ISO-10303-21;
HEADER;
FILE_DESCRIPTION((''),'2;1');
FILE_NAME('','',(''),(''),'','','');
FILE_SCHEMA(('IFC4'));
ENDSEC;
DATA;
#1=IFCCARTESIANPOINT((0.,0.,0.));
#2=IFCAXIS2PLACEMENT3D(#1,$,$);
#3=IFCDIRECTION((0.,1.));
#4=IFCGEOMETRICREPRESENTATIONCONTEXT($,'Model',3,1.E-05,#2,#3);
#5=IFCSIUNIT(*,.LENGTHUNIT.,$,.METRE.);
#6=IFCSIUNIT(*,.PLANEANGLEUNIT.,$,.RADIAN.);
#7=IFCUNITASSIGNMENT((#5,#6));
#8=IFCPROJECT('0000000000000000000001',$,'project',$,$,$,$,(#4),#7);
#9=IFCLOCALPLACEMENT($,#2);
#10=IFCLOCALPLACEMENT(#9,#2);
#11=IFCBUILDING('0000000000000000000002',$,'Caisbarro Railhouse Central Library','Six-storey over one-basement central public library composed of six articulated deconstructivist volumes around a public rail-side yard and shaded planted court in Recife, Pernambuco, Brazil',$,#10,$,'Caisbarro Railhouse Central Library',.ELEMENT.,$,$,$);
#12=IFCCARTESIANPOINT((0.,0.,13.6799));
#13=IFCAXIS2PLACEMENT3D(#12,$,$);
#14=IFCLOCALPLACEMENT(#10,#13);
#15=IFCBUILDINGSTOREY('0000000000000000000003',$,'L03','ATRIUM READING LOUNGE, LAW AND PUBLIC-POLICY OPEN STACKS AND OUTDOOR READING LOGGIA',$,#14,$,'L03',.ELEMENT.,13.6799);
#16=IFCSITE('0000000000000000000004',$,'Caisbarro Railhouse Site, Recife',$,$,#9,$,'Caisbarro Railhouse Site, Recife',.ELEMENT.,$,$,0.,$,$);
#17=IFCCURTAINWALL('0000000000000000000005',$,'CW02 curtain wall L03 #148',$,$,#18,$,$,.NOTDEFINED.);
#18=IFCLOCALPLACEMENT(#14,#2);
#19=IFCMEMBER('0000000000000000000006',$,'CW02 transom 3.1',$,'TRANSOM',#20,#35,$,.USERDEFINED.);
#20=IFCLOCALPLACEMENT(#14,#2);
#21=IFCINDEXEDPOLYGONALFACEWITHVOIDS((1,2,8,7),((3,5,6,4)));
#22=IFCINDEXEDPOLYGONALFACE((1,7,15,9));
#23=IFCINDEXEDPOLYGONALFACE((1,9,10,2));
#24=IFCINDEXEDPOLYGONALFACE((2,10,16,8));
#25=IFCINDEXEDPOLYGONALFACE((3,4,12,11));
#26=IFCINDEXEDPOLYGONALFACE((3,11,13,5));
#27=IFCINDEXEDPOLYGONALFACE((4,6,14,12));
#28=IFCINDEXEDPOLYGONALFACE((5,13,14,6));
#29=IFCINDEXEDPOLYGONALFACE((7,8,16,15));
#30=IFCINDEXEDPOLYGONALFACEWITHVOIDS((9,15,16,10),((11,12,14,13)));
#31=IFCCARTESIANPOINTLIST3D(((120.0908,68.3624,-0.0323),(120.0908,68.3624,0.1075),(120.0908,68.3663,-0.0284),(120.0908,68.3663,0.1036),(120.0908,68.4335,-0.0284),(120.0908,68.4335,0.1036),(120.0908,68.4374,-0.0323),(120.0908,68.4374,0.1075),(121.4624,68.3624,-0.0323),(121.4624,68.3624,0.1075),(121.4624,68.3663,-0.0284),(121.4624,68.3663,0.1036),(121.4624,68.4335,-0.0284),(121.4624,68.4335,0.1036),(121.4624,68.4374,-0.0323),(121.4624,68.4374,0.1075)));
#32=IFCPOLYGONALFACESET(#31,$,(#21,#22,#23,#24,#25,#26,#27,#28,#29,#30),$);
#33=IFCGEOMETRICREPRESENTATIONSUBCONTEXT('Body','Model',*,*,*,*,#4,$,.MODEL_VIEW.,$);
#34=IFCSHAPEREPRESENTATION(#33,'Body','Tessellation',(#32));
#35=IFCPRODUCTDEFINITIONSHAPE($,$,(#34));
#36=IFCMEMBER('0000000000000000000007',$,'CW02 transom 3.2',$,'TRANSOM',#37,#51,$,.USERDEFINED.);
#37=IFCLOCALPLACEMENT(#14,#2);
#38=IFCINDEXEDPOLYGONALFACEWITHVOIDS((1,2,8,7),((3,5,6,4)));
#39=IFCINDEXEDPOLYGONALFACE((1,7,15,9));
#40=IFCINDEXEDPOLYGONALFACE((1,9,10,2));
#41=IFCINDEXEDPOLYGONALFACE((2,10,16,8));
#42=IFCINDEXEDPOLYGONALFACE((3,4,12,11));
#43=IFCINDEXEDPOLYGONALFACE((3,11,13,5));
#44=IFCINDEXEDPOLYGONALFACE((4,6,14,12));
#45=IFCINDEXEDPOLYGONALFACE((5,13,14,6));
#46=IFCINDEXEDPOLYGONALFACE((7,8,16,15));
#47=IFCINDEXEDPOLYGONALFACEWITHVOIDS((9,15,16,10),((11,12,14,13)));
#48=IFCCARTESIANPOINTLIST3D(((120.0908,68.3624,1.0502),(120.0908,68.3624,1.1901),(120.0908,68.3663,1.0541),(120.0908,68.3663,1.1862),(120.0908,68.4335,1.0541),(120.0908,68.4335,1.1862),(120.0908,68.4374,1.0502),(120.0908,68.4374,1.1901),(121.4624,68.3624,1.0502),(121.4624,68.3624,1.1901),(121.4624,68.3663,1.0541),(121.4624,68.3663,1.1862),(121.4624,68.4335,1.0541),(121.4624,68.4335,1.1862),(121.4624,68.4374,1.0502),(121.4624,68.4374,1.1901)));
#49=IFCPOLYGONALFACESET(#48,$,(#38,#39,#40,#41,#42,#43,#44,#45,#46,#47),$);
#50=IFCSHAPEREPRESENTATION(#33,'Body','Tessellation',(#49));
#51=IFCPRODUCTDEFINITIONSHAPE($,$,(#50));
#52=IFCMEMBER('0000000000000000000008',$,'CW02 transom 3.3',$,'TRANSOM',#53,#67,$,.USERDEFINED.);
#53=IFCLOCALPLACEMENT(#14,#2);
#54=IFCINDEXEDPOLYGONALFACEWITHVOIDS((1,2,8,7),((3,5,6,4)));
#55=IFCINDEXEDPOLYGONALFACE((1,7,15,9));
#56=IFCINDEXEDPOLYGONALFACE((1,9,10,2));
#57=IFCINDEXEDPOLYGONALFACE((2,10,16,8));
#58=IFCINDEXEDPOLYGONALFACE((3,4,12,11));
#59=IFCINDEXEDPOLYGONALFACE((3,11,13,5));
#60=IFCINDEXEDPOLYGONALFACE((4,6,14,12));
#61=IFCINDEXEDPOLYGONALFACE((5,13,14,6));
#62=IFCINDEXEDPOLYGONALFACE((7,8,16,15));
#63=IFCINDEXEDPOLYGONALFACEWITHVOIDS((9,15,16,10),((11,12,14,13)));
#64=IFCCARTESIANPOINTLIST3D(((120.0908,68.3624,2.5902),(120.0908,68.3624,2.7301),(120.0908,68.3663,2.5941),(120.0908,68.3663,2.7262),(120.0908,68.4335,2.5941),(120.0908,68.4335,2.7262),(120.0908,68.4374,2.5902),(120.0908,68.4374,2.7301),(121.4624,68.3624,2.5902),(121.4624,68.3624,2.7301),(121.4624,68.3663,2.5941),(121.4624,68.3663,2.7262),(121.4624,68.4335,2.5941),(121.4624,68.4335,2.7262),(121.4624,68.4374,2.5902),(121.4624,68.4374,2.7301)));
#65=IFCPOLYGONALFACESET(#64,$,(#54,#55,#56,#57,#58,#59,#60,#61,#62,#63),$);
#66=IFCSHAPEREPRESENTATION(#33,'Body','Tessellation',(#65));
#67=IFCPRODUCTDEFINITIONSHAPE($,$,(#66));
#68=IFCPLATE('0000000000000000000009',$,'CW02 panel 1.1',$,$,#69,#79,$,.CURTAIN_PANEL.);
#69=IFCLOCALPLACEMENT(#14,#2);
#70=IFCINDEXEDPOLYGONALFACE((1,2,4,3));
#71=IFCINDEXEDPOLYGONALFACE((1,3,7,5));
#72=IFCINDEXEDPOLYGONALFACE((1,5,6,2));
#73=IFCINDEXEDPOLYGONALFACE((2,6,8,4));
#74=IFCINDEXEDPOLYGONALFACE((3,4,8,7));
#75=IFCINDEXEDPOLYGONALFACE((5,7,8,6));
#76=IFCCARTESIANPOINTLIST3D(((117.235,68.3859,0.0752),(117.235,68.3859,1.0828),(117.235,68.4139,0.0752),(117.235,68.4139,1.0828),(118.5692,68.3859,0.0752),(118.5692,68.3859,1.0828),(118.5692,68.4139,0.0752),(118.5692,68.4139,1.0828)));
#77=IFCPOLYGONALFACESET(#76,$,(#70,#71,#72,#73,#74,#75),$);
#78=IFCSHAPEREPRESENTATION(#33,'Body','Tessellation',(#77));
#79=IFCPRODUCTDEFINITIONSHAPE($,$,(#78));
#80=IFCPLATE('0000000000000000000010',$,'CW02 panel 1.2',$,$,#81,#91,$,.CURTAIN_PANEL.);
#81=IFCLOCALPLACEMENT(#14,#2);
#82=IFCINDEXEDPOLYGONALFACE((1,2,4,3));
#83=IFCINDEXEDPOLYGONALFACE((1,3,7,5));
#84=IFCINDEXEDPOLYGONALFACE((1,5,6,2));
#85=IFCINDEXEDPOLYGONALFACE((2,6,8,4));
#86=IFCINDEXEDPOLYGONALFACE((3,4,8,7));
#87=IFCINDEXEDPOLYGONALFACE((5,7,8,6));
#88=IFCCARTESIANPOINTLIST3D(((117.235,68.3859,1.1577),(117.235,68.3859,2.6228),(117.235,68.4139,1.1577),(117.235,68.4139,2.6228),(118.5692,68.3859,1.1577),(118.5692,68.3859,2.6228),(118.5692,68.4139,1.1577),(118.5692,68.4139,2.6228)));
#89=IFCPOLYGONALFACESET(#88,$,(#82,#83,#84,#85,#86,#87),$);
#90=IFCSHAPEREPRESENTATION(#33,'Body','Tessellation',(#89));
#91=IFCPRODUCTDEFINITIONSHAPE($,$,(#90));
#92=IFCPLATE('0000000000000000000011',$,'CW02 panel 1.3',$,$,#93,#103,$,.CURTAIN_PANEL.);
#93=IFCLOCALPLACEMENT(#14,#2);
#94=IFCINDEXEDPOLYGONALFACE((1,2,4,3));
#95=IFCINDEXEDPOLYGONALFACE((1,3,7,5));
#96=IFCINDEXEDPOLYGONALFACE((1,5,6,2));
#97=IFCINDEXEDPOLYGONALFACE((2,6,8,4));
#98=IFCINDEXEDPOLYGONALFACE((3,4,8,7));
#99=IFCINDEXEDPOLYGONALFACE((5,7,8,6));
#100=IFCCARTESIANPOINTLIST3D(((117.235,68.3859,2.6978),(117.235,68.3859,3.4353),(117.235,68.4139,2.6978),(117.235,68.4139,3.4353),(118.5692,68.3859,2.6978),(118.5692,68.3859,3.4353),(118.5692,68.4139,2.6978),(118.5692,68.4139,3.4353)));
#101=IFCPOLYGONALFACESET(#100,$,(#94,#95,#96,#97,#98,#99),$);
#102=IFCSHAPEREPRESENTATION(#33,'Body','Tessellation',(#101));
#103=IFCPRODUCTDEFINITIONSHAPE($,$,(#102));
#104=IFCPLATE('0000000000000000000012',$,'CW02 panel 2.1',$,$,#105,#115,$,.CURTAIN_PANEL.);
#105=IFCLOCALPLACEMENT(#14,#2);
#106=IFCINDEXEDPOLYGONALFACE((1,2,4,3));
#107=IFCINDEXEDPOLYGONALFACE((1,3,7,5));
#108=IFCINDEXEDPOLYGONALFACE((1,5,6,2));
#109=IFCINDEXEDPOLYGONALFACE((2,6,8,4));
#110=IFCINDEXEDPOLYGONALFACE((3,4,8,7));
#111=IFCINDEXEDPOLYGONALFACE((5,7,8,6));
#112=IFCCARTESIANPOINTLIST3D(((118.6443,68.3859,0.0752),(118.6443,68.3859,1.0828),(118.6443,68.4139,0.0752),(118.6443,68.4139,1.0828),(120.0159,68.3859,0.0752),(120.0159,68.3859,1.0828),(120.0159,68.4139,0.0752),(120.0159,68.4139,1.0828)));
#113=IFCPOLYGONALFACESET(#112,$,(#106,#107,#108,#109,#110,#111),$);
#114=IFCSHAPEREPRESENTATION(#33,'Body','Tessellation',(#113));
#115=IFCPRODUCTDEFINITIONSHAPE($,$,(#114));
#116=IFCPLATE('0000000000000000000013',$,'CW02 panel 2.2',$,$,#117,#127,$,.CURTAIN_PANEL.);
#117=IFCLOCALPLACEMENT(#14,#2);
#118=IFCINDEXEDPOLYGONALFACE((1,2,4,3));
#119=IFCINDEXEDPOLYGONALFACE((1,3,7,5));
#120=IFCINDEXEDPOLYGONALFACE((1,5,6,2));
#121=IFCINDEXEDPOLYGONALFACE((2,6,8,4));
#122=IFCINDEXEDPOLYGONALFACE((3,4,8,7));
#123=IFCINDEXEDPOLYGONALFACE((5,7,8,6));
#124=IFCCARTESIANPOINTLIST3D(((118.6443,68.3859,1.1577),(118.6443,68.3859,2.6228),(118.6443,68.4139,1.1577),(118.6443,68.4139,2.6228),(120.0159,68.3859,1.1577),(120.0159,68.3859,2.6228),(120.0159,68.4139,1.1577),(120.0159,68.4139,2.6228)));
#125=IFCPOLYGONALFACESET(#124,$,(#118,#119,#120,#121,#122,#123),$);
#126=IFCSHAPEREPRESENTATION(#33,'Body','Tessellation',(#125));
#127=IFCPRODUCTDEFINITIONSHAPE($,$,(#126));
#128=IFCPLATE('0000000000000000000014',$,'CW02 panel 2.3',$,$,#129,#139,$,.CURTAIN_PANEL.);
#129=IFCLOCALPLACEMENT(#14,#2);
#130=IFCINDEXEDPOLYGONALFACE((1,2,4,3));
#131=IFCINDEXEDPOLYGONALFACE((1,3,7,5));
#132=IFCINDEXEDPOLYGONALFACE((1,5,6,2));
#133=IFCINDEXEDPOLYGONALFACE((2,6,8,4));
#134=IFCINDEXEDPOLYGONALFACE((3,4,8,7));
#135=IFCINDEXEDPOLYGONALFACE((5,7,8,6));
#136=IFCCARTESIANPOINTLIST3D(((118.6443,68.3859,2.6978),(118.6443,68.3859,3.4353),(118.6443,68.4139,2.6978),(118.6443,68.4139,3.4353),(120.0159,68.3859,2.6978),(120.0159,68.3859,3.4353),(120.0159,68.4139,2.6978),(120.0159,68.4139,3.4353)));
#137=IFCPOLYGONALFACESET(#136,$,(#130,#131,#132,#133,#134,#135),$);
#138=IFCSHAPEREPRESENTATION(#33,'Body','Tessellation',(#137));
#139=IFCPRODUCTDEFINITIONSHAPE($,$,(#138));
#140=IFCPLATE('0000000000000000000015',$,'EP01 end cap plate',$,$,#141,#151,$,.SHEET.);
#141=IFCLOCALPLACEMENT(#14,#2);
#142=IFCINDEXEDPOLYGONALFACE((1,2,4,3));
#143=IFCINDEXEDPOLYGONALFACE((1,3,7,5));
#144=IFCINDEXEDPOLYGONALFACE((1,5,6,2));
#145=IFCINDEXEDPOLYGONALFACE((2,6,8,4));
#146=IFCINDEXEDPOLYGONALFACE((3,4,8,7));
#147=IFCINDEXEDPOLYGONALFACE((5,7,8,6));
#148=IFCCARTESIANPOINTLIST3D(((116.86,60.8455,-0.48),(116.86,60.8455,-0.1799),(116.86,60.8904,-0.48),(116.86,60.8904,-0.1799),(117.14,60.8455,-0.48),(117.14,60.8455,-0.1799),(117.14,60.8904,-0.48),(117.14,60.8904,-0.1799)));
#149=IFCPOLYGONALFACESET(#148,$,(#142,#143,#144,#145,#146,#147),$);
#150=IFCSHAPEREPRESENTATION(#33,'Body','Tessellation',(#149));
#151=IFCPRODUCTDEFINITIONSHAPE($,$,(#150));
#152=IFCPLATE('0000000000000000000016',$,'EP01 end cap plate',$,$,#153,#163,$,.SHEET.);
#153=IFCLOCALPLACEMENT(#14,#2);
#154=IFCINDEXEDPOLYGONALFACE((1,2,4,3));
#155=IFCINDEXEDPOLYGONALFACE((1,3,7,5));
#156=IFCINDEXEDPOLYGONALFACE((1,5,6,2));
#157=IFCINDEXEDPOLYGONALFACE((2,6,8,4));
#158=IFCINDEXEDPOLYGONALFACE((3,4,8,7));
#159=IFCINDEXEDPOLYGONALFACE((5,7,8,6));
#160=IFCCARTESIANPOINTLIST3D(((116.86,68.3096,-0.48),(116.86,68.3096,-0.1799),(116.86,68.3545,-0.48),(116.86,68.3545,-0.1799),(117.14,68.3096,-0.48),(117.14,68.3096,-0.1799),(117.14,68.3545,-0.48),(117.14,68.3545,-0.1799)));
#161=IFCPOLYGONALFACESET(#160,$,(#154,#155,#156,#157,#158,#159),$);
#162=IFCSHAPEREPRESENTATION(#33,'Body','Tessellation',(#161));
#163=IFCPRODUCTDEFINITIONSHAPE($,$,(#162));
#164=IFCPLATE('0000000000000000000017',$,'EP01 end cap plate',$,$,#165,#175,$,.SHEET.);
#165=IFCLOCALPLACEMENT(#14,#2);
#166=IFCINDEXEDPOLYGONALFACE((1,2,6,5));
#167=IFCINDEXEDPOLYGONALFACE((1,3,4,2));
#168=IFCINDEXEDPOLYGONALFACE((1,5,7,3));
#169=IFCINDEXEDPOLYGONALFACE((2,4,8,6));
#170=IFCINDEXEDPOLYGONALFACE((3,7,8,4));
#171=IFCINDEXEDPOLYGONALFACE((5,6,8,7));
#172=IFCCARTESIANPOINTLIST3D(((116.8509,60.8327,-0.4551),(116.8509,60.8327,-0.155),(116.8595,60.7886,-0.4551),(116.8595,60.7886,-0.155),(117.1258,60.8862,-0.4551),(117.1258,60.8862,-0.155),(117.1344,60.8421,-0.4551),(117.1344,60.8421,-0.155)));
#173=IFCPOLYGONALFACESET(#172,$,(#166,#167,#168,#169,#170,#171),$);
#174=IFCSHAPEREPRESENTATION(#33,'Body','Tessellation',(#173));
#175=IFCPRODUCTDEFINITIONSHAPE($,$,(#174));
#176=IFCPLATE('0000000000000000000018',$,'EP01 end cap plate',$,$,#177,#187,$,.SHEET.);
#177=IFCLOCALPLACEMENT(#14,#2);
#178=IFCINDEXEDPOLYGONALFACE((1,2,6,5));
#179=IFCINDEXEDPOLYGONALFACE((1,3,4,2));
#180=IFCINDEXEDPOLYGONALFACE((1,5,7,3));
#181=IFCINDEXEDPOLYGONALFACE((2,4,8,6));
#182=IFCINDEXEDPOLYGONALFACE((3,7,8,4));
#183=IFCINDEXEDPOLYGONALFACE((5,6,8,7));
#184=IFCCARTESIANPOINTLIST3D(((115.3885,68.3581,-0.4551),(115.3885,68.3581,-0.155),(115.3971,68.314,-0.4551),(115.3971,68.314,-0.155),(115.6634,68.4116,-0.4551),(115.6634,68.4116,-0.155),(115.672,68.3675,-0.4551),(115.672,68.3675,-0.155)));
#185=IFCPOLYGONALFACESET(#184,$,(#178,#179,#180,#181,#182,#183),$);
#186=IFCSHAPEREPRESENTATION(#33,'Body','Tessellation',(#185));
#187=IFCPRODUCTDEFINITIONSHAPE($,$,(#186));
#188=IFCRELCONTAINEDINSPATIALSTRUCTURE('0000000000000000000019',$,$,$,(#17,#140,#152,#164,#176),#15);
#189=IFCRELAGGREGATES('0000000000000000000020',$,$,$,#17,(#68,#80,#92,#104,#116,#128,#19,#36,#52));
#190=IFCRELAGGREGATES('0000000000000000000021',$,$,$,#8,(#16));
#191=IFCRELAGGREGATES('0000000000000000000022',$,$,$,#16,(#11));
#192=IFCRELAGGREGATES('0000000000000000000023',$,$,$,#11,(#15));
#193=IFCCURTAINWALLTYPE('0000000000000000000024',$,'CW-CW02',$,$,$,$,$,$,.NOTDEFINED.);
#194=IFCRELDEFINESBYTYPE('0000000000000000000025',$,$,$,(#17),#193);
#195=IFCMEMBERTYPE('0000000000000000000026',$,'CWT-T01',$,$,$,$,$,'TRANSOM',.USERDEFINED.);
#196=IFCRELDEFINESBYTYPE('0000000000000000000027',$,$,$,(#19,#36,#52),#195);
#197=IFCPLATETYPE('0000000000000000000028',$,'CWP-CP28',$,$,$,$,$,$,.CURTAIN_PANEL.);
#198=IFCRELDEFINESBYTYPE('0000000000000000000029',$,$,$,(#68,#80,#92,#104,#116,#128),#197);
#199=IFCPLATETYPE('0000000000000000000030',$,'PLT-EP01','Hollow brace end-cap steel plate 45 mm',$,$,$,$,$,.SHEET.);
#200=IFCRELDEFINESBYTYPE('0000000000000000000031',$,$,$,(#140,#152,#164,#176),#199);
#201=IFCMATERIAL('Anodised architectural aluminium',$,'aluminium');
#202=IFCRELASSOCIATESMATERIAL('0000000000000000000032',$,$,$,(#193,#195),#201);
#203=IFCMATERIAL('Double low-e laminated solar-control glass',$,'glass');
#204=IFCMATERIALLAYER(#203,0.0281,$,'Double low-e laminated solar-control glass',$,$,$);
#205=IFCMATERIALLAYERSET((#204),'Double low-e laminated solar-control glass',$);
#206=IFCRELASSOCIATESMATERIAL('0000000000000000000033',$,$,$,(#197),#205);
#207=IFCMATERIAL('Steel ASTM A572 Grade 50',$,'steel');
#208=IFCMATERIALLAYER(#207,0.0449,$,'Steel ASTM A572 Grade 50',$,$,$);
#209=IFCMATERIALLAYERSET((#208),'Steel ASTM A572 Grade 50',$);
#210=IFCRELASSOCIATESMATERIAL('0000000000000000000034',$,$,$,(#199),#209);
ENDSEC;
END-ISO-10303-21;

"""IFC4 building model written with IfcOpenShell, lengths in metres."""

from ifc_helpers import new_model, si_unit, direction, frame, origin, origin_2d, place, context, subcontext, project, spatial, rectangle, hollow_rectangle, extrude, material, layer, layer_set, material_profile, profile_set, type_object, element, aggregate, save


model = new_model("IFC4")

# Units and contexts
model_context = context("Model", 3, precision=1e-05, world=origin(), true_north=direction((0.0, 1.0)))
body_context = subcontext(model_context, "Body", "Model", "MODEL_VIEW")
ifc_project = project(units=[si_unit("LENGTHUNIT", "METRE"), si_unit("PLANEANGLEUNIT", "RADIAN")], contexts=[model_context])

# Site, building, storey
site_placement = place(None, origin())
site = spatial("IfcSite", under=ifc_project, at=site_placement, Name="Caisbarro Railhouse Site, Recife", LongName="Caisbarro Railhouse Site, Recife", CompositionType="ELEMENT", RefElevation=0.0)
building_placement = place(site_placement, origin())
building = spatial("IfcBuilding", under=site, at=building_placement, Name="Caisbarro Railhouse Central Library", Description="Six-storey over one-basement central public library composed of six articulated deconstructivist volumes around a public rail-side yard and shaded planted court in Recife, Pernambuco, Brazil", LongName="Caisbarro Railhouse Central Library", CompositionType="ELEMENT")
storey_placement = place(building_placement, frame((0.0, 0.0, 13.6799)))
storey = spatial("IfcBuildingStorey", under=building, at=storey_placement, Name="L03", Description="ATRIUM READING LOUNGE, LAW AND PUBLIC-POLICY OPEN STACKS AND OUTDOOR READING LOGGIA", LongName="L03", CompositionType="ELEMENT", Elevation=13.6799)

# Shared definitions
ifc_material_1 = material(Name="Steel ASTM A572 Grade 50", Category="steel")

# Curtain wall, members, plates
ifc_material_2 = material(Name="Anodised architectural aluminium", Category="aluminium")
curtain_wall_type = type_object("IfcCurtainWallType", Name="CW-CW02", PredefinedType="NOTDEFINED", material=ifc_material_2)
curtain_wall_placement = place(storey_placement, origin())
curtain_wall = element("IfcCurtainWall", 1, at=curtain_wall_placement, inside=storey, type_object=curtain_wall_type, Name="CW02 curtain wall L03 #148", PredefinedType="NOTDEFINED")
ifc_material_profile_1 = material_profile(ifc_material_2, hollow_rectangle(XDim=0.075, YDim=0.1399, WallThickness=0.0039, at=origin_2d()), Name="ALU-TRN-75X140")
ifc_profile_set_1 = profile_set([ifc_material_profile_1], Name="Anodised architectural aluminium")
member_type_1 = type_object("IfcMemberType", Name="CWT-T01", ElementType="TRANSOM", PredefinedType="USERDEFINED", material=ifc_profile_set_1)
member_1_placement = place(storey_placement, frame((120.0908, 68.3999, 0.0376), z_axis=(1.0, 0.0, 0.0), x_axis=(0.0, 1.0, 0.0)))
member_1 = element("IfcMember", 2, at=member_1_placement, type_object=member_type_1, Name="CW02 transom 3.1", ObjectType="TRANSOM", PredefinedType="USERDEFINED", context=body_context, shape_type="SweptSolid", body=[
    extrude(hollow_rectangle(XDim=0.075, YDim=0.1399, WallThickness=0.0039, at=origin_2d()), origin(), (0.0, 0.0, 1.0), 1.3716),
])
member_2_placement = place(storey_placement, frame((120.0908, 68.3999, 1.1201), z_axis=(1.0, 0.0, 0.0), x_axis=(0.0, 1.0, 0.0)))
member_2 = element("IfcMember", 3, at=member_2_placement, type_object=member_type_1, Name="CW02 transom 3.2", ObjectType="TRANSOM", PredefinedType="USERDEFINED", context=body_context, shape_type="SweptSolid", body=[
    extrude(hollow_rectangle(XDim=0.075, YDim=0.1399, WallThickness=0.0039, at=origin_2d()), origin(), (0.0, 0.0, 1.0), 1.3716),
])
member_3_placement = place(storey_placement, frame((120.0908, 68.3999, 2.6602), z_axis=(1.0, 0.0, 0.0), x_axis=(0.0, 1.0, 0.0)))
member_3 = element("IfcMember", 4, at=member_3_placement, type_object=member_type_1, Name="CW02 transom 3.3", ObjectType="TRANSOM", PredefinedType="USERDEFINED", context=body_context, shape_type="SweptSolid", body=[
    extrude(hollow_rectangle(XDim=0.075, YDim=0.1399, WallThickness=0.0039, at=origin_2d()), origin(), (0.0, 0.0, 1.0), 1.3716),
])
ifc_material_3 = material(Name="Double low-e laminated solar-control glass", Category="glass")
ifc_layer_1 = layer(ifc_material_3, 0.0281, Name="Double low-e laminated solar-control glass")
ifc_layer_set_1 = layer_set([ifc_layer_1], Name="Double low-e laminated solar-control glass")
plate_type_1 = type_object("IfcPlateType", Name="CWP-CP28", PredefinedType="CURTAIN_PANEL", material=ifc_layer_set_1)
plate_1_placement = place(storey_placement, frame((117.9021, 68.3999, 0.0752), z_axis=(0.0, 0.0, 1.0), x_axis=(1.0, 0.0, 0.0)))
plate_1 = element("IfcPlate", 5, at=plate_1_placement, type_object=plate_type_1, Name="CW02 panel 1.1", PredefinedType="CURTAIN_PANEL", context=body_context, shape_type="SweptSolid", body=[
    extrude(rectangle(XDim=1.3342, YDim=0.0281, at=origin_2d()), origin(), (0.0, 0.0, 1.0), 1.0076),
])
plate_2_placement = place(storey_placement, frame((117.9021, 68.3999, 1.1577), z_axis=(0.0, 0.0, 1.0), x_axis=(1.0, 0.0, 0.0)))
plate_2 = element("IfcPlate", 6, at=plate_2_placement, type_object=plate_type_1, Name="CW02 panel 1.2", PredefinedType="CURTAIN_PANEL", context=body_context, shape_type="SweptSolid", body=[
    extrude(rectangle(XDim=1.3342, YDim=0.0281, at=origin_2d()), origin(), (0.0, 0.0, 1.0), 1.4651),
])
plate_3_placement = place(storey_placement, frame((117.9021, 68.3999, 2.6978), z_axis=(0.0, 0.0, 1.0), x_axis=(1.0, 0.0, 0.0)))
plate_3 = element("IfcPlate", 7, at=plate_3_placement, type_object=plate_type_1, Name="CW02 panel 1.3", PredefinedType="CURTAIN_PANEL", context=body_context, shape_type="SweptSolid", body=[
    extrude(rectangle(XDim=1.3342, YDim=0.0281, at=origin_2d()), origin(), (0.0, 0.0, 1.0), 0.7375),
])
plate_4_placement = place(storey_placement, frame((119.3301, 68.3999, 0.0752), z_axis=(0.0, 0.0, 1.0), x_axis=(1.0, 0.0, 0.0)))
plate_4 = element("IfcPlate", 8, at=plate_4_placement, type_object=plate_type_1, Name="CW02 panel 2.1", PredefinedType="CURTAIN_PANEL", context=body_context, shape_type="SweptSolid", body=[
    extrude(rectangle(XDim=1.3716, YDim=0.0281, at=origin_2d()), origin(), (0.0, 0.0, 1.0), 1.0076),
])
plate_5_placement = place(storey_placement, frame((119.3301, 68.3999, 1.1577), z_axis=(0.0, 0.0, 1.0), x_axis=(1.0, 0.0, 0.0)))
plate_5 = element("IfcPlate", 9, at=plate_5_placement, type_object=plate_type_1, Name="CW02 panel 2.2", PredefinedType="CURTAIN_PANEL", context=body_context, shape_type="SweptSolid", body=[
    extrude(rectangle(XDim=1.3716, YDim=0.0281, at=origin_2d()), origin(), (0.0, 0.0, 1.0), 1.4651),
])
plate_6_placement = place(storey_placement, frame((119.3301, 68.3999, 2.6978), z_axis=(0.0, 0.0, 1.0), x_axis=(1.0, 0.0, 0.0)))
plate_6 = element("IfcPlate", 10, at=plate_6_placement, type_object=plate_type_1, Name="CW02 panel 2.3", PredefinedType="CURTAIN_PANEL", context=body_context, shape_type="SweptSolid", body=[
    extrude(rectangle(XDim=1.3716, YDim=0.0281, at=origin_2d()), origin(), (0.0, 0.0, 1.0), 0.7375),
])
aggregate(curtain_wall, [plate_1, plate_2, plate_3, plate_4, plate_5, plate_6, member_1, member_2, member_3])

# Plates
ifc_layer_2 = layer(ifc_material_1, 0.0449, Name="Steel ASTM A572 Grade 50")
ifc_layer_set_2 = layer_set([ifc_layer_2], Name="Steel ASTM A572 Grade 50")
plate_type_2 = type_object("IfcPlateType", Name="PLT-EP01", Description="Hollow brace end-cap steel plate 45 mm", PredefinedType="SHEET", material=ifc_layer_set_2)
for number, where, z_axis, x_axis, name in (
    (11, (117.0, 60.8679, -0.48), (0.0, 0.0, 1.0), (0.0, 1.0, 0.0), "EP01 end cap plate"),
    (12, (117.0, 68.332, -0.48), (0.0, 0.0, 1.0), (0.0, 1.0, 0.0), "EP01 end cap plate"),
    (13, (116.9927, 60.8374, -0.4551), (0.0, 0.0, 1.0), (-0.190809, 0.981627, 0.0), "EP01 end cap plate"),
    (14, (115.5303, 68.3628, -0.4551), (0.0, 0.0, 1.0), (-0.190809, 0.981627, 0.0), "EP01 end cap plate"),
):
    element("IfcPlate", number, at=place(storey_placement, frame(where, z_axis=z_axis, x_axis=x_axis)), inside=storey, type_object=plate_type_2, Name=name, PredefinedType="SHEET", context=body_context, shape_type="SweptSolid", body=[
        extrude(rectangle(XDim=0.0449, YDim=0.28, at=origin_2d()), origin(), (0.0, 0.0, 1.0), 0.3),
    ])

save(model, "model.ifc")
